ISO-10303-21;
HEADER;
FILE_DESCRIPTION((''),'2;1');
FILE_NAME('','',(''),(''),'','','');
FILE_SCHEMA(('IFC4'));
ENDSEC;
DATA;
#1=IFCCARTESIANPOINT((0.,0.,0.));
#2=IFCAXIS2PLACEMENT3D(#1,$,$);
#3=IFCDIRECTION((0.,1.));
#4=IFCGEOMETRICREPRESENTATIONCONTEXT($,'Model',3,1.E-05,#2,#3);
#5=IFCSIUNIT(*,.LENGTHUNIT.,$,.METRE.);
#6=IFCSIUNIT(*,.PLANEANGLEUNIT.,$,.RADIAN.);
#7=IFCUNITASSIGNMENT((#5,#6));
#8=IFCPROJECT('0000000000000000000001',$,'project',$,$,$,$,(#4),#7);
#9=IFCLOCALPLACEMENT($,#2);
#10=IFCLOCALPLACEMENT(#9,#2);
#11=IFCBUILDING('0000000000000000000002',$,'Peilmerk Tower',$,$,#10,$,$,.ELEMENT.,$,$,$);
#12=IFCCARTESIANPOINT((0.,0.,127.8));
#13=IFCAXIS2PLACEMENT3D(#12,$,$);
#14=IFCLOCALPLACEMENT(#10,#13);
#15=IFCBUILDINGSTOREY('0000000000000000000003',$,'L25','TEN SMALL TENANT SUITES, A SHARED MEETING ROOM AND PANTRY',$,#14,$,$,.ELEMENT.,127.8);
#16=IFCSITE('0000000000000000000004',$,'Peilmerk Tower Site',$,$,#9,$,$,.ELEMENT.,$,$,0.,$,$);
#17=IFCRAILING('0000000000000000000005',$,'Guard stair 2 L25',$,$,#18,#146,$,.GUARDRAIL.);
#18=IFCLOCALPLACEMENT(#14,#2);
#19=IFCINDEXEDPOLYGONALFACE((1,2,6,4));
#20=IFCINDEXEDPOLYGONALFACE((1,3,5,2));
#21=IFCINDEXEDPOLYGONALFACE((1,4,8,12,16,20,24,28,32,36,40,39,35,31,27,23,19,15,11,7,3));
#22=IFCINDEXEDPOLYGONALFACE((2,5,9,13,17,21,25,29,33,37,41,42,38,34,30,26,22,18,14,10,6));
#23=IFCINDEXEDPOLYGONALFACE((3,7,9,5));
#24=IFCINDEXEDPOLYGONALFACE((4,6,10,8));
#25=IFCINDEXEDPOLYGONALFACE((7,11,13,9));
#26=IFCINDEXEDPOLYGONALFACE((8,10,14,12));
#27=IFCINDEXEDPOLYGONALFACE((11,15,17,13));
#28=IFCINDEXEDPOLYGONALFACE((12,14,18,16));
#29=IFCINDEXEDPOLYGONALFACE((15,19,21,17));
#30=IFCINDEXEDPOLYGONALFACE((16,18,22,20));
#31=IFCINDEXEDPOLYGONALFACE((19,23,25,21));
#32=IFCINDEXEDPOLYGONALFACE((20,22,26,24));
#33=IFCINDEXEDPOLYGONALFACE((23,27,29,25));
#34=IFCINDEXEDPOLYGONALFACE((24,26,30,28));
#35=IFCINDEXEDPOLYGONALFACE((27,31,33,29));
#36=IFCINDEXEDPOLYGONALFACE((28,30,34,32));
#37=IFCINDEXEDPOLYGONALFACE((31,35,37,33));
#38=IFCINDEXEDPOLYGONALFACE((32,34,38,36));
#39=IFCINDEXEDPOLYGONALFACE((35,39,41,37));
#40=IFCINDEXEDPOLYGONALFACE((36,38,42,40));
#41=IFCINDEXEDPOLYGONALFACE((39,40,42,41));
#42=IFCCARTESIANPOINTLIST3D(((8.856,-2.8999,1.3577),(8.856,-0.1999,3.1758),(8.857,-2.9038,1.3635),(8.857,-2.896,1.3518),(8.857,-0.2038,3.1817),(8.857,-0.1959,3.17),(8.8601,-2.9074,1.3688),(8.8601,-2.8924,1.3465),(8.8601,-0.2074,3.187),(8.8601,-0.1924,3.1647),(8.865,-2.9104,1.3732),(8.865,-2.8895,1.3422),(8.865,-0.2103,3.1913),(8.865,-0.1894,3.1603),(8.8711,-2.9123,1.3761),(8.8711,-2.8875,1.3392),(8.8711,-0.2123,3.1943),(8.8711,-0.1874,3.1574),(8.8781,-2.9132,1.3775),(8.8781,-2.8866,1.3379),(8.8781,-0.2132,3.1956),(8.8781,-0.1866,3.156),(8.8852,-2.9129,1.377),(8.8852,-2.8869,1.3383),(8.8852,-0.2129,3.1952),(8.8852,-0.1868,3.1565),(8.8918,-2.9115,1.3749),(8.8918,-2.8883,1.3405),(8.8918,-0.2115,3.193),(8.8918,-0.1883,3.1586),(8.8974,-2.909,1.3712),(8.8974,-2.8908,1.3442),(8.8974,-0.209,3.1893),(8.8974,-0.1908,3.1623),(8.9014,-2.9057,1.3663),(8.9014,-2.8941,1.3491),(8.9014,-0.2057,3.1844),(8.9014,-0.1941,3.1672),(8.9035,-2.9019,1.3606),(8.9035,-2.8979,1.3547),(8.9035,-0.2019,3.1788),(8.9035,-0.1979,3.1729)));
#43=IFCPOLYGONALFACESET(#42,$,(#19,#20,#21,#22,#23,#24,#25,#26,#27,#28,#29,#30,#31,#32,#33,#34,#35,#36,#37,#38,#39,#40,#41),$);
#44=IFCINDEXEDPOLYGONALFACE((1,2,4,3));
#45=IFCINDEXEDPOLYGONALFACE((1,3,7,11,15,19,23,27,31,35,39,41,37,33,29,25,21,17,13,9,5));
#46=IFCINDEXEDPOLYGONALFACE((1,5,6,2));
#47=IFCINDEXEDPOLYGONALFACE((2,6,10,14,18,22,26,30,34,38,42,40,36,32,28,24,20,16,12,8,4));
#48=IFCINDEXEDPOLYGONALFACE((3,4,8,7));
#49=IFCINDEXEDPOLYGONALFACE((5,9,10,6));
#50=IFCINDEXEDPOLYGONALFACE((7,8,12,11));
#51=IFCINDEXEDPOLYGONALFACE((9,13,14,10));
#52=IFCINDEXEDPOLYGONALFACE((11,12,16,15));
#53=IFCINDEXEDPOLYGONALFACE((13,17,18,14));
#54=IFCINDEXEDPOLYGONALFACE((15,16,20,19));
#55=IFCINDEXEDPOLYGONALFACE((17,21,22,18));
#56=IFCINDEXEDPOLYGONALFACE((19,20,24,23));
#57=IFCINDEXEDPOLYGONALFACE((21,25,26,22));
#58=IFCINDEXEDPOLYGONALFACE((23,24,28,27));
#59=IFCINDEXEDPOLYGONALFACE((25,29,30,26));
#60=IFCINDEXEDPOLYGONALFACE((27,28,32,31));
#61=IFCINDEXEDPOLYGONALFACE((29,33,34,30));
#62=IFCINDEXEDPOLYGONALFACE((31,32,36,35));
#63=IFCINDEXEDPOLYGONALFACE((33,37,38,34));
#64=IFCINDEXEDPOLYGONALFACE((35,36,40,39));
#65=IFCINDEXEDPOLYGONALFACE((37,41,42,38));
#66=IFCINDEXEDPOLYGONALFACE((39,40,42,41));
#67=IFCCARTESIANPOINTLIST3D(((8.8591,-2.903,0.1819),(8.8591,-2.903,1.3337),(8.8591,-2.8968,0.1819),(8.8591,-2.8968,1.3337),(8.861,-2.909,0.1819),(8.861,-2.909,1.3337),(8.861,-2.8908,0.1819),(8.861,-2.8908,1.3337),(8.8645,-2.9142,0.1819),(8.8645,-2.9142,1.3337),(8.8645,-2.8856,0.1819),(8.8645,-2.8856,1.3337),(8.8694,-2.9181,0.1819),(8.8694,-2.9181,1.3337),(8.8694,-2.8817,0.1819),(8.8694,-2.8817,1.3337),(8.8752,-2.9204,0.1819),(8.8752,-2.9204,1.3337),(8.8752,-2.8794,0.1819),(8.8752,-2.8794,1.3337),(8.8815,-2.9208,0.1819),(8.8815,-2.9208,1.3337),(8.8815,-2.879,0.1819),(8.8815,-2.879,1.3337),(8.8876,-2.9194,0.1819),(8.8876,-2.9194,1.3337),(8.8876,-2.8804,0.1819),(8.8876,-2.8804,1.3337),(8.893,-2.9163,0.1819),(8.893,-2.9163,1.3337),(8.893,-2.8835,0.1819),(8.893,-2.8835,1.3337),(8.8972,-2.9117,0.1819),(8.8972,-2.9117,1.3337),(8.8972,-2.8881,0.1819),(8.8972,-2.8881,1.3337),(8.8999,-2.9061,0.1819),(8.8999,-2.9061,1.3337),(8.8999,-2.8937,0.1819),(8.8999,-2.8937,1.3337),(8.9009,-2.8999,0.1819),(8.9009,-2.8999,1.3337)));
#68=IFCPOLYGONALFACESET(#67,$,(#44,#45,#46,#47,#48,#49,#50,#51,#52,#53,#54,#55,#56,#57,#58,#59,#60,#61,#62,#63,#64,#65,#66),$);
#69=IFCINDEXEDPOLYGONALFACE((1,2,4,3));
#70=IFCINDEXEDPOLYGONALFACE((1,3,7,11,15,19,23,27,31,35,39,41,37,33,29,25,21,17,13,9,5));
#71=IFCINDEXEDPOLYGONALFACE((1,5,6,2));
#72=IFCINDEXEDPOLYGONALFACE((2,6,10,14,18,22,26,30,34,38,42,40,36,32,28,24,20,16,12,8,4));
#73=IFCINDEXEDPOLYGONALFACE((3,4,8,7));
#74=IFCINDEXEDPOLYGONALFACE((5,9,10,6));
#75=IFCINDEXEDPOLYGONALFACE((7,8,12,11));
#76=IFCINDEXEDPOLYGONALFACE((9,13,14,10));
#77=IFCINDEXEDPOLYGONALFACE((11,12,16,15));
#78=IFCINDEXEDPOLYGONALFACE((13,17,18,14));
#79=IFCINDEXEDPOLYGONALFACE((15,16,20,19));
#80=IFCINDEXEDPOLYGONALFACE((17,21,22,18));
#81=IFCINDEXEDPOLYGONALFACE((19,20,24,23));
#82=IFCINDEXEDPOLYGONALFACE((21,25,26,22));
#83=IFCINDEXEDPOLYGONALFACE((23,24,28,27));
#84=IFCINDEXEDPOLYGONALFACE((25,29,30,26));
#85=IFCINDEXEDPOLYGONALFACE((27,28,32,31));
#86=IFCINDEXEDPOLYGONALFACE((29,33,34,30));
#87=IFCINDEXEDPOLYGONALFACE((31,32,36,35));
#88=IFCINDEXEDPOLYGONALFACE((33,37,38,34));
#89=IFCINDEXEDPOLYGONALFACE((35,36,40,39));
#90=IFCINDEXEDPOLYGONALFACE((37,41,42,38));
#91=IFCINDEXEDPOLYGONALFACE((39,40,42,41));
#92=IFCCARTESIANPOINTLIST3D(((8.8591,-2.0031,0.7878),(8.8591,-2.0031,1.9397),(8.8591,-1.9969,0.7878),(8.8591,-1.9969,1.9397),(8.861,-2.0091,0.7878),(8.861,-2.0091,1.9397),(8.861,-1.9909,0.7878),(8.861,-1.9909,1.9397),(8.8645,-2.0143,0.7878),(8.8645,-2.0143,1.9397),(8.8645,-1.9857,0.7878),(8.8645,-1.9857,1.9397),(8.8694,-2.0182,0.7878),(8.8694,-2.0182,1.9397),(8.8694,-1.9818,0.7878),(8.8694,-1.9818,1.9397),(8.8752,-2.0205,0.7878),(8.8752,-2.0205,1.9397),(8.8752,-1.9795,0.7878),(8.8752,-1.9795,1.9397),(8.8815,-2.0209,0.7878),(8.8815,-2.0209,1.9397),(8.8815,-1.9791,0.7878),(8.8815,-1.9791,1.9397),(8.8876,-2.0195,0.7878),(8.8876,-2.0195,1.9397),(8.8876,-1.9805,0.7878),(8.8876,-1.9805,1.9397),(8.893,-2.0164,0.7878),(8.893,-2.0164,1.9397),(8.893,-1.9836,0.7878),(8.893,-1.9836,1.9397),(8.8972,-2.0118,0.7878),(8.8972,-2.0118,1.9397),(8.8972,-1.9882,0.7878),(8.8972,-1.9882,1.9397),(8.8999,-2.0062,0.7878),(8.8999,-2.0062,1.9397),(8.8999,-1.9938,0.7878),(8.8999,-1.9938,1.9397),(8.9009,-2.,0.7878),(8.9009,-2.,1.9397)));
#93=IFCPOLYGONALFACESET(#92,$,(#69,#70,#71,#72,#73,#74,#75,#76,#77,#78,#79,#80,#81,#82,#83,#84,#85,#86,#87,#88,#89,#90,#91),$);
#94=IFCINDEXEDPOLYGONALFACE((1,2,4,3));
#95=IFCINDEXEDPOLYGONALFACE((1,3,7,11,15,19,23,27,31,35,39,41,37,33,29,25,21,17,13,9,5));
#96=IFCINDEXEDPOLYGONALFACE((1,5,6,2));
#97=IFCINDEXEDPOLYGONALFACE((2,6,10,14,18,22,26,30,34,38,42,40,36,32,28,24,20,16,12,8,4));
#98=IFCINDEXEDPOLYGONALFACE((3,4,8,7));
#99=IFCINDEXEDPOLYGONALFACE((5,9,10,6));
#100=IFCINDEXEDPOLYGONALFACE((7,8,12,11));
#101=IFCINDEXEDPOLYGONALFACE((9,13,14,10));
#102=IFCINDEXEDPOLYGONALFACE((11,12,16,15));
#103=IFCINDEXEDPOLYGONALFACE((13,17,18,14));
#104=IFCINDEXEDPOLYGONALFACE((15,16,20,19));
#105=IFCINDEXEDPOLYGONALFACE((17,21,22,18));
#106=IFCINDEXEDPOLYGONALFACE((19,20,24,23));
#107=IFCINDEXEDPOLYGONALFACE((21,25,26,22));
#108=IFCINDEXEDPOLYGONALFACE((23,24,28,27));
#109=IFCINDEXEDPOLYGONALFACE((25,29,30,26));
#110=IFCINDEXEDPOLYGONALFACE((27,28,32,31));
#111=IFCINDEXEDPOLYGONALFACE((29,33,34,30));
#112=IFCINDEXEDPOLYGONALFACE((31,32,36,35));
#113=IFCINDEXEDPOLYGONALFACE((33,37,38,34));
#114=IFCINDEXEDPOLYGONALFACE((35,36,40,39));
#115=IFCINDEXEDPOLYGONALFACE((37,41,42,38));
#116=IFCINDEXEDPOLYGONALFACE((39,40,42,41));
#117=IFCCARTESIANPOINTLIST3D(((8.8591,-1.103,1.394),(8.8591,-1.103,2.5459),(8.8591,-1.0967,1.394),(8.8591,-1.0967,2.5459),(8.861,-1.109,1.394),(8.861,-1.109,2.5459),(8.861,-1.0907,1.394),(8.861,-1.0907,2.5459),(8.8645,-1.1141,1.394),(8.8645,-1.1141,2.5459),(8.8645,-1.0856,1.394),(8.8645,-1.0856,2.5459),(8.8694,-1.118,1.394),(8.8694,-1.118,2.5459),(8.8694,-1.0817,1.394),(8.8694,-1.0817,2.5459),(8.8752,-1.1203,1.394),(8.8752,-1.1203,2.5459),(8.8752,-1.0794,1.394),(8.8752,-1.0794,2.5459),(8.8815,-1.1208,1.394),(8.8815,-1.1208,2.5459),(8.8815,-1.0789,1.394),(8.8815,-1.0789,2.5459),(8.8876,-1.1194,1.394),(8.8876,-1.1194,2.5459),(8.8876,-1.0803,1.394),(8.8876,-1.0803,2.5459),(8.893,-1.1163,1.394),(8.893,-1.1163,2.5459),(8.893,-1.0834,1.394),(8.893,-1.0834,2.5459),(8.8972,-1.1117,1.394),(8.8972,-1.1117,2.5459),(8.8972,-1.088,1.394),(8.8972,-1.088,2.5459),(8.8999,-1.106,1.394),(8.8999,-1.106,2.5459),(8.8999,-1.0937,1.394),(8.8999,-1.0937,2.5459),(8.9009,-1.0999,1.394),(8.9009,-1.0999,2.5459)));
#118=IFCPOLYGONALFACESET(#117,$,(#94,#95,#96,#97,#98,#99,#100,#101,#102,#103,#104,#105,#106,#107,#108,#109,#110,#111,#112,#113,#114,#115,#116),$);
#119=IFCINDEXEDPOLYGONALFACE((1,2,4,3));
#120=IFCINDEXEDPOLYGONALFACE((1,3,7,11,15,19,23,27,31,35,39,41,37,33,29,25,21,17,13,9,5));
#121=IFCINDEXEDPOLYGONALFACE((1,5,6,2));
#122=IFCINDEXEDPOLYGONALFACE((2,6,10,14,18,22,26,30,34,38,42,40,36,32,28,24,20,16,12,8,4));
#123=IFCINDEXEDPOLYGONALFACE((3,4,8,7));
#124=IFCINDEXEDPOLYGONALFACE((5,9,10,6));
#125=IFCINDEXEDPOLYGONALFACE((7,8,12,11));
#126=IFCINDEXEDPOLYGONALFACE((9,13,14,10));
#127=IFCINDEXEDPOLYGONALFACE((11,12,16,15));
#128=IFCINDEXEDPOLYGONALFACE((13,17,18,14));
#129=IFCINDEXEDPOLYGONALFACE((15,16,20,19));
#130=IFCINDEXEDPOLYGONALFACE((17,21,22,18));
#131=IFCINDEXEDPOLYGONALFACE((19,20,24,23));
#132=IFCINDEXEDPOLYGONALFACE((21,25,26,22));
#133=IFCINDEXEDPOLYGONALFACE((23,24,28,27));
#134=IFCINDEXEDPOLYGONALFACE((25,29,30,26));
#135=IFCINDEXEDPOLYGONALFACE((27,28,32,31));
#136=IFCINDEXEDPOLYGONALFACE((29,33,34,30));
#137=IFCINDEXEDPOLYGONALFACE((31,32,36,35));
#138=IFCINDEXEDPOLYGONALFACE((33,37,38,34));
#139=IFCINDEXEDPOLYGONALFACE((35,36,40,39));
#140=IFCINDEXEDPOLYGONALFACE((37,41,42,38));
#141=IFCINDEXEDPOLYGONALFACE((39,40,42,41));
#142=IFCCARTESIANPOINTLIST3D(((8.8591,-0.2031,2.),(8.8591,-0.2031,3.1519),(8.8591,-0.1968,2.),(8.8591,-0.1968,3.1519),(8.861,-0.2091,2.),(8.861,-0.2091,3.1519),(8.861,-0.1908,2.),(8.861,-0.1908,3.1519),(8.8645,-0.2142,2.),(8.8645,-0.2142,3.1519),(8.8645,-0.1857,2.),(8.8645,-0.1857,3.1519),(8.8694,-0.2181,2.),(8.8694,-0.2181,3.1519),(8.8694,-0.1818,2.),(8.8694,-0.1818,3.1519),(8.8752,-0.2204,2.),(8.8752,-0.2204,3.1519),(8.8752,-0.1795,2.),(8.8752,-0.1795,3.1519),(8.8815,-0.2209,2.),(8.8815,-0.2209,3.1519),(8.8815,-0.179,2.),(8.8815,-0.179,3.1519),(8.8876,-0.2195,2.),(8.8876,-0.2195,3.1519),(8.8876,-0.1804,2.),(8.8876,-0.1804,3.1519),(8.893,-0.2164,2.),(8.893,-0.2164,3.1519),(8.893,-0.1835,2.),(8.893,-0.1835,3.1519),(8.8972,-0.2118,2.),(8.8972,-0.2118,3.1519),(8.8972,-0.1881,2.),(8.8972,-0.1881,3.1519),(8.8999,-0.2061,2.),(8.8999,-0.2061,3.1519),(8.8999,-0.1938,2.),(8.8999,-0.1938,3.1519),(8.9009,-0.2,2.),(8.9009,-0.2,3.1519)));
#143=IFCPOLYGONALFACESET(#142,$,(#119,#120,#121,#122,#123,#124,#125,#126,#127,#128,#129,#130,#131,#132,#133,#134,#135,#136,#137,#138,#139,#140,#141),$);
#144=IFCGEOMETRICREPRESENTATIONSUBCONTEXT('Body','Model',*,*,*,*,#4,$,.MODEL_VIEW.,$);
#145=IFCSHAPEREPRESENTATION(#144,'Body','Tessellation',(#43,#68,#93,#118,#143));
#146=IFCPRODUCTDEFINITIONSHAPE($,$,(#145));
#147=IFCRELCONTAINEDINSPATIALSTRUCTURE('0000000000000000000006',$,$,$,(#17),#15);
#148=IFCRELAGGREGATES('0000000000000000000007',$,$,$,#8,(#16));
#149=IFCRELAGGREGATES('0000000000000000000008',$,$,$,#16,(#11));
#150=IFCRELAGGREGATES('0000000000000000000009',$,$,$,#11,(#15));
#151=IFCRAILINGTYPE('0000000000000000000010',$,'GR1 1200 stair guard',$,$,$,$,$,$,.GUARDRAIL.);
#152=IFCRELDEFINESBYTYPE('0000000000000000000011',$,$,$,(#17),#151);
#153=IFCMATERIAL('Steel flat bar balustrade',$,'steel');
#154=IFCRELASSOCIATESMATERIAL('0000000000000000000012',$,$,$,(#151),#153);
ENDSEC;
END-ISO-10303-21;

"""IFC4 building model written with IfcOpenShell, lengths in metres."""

from ifc_helpers import new_model, si_unit, direction, frame, origin, origin_2d, place, context, subcontext, project, spatial, circle, extrude, material, type_object, element, save


model = new_model("IFC4")

# Units and contexts
model_context = context("Model", 3, precision=1e-05, world=origin(), true_north=direction((0.0, 1.0)))
body_context = subcontext(model_context, "Body", "Model", "MODEL_VIEW")
ifc_project = project(units=[si_unit("LENGTHUNIT", "METRE"), si_unit("PLANEANGLEUNIT", "RADIAN")], contexts=[model_context])

# Site, building, storey
site_placement = place(None, origin())
site = spatial("IfcSite", under=ifc_project, at=site_placement, Name="Peilmerk Tower Site", CompositionType="ELEMENT", RefElevation=0.0)
building_placement = place(site_placement, origin())
building = spatial("IfcBuilding", under=site, at=building_placement, Name="Peilmerk Tower", CompositionType="ELEMENT")
storey_placement = place(building_placement, frame((0.0, 0.0, 127.8)))
storey = spatial("IfcBuildingStorey", under=building, at=storey_placement, Name="L25", Description="TEN SMALL TENANT SUITES, A SHARED MEETING ROOM AND PANTRY", CompositionType="ELEMENT", Elevation=127.8)

# Railing
ifc_material_1 = material(Name="Steel flat bar balustrade", Category="steel")
railing_type_1 = type_object("IfcRailingType", Name="GR1 1200 stair guard", PredefinedType="GUARDRAIL", material=ifc_material_1)
railing_1_placement = place(storey_placement, frame((8.8799, -2.8999, 0.1819)))
element("IfcRailing", 1, at=railing_1_placement, inside=storey, type_object=railing_type_1, Name="Guard stair 2 L25", PredefinedType="GUARDRAIL", context=body_context, shape_type="SweptSolid", body=[
    extrude(circle(Radius=0.0239, at=origin_2d()), frame((0.0, 0.0, 1.1758), z_axis=(0.0, 0.829468, 0.558554), x_axis=(-1.0, 0.0, 0.0)), (0.0, 0.0, 1.0), 3.2551),
    extrude(circle(Radius=0.021, at=origin_2d()), origin(), (0.0, 0.0, 1.0), 1.1519),
    extrude(circle(Radius=0.021, at=origin_2d()), frame((0.0, 0.8999, 0.606)), (0.0, 0.0, 1.0), 1.1519),
    extrude(circle(Radius=0.021, at=origin_2d()), frame((0.0, 1.8, 1.2122)), (0.0, 0.0, 1.0), 1.1519),
    extrude(circle(Radius=0.021, at=origin_2d()), frame((0.0, 2.7, 1.8181)), (0.0, 0.0, 1.0), 1.1519),
])

save(model, "model.ifc")
